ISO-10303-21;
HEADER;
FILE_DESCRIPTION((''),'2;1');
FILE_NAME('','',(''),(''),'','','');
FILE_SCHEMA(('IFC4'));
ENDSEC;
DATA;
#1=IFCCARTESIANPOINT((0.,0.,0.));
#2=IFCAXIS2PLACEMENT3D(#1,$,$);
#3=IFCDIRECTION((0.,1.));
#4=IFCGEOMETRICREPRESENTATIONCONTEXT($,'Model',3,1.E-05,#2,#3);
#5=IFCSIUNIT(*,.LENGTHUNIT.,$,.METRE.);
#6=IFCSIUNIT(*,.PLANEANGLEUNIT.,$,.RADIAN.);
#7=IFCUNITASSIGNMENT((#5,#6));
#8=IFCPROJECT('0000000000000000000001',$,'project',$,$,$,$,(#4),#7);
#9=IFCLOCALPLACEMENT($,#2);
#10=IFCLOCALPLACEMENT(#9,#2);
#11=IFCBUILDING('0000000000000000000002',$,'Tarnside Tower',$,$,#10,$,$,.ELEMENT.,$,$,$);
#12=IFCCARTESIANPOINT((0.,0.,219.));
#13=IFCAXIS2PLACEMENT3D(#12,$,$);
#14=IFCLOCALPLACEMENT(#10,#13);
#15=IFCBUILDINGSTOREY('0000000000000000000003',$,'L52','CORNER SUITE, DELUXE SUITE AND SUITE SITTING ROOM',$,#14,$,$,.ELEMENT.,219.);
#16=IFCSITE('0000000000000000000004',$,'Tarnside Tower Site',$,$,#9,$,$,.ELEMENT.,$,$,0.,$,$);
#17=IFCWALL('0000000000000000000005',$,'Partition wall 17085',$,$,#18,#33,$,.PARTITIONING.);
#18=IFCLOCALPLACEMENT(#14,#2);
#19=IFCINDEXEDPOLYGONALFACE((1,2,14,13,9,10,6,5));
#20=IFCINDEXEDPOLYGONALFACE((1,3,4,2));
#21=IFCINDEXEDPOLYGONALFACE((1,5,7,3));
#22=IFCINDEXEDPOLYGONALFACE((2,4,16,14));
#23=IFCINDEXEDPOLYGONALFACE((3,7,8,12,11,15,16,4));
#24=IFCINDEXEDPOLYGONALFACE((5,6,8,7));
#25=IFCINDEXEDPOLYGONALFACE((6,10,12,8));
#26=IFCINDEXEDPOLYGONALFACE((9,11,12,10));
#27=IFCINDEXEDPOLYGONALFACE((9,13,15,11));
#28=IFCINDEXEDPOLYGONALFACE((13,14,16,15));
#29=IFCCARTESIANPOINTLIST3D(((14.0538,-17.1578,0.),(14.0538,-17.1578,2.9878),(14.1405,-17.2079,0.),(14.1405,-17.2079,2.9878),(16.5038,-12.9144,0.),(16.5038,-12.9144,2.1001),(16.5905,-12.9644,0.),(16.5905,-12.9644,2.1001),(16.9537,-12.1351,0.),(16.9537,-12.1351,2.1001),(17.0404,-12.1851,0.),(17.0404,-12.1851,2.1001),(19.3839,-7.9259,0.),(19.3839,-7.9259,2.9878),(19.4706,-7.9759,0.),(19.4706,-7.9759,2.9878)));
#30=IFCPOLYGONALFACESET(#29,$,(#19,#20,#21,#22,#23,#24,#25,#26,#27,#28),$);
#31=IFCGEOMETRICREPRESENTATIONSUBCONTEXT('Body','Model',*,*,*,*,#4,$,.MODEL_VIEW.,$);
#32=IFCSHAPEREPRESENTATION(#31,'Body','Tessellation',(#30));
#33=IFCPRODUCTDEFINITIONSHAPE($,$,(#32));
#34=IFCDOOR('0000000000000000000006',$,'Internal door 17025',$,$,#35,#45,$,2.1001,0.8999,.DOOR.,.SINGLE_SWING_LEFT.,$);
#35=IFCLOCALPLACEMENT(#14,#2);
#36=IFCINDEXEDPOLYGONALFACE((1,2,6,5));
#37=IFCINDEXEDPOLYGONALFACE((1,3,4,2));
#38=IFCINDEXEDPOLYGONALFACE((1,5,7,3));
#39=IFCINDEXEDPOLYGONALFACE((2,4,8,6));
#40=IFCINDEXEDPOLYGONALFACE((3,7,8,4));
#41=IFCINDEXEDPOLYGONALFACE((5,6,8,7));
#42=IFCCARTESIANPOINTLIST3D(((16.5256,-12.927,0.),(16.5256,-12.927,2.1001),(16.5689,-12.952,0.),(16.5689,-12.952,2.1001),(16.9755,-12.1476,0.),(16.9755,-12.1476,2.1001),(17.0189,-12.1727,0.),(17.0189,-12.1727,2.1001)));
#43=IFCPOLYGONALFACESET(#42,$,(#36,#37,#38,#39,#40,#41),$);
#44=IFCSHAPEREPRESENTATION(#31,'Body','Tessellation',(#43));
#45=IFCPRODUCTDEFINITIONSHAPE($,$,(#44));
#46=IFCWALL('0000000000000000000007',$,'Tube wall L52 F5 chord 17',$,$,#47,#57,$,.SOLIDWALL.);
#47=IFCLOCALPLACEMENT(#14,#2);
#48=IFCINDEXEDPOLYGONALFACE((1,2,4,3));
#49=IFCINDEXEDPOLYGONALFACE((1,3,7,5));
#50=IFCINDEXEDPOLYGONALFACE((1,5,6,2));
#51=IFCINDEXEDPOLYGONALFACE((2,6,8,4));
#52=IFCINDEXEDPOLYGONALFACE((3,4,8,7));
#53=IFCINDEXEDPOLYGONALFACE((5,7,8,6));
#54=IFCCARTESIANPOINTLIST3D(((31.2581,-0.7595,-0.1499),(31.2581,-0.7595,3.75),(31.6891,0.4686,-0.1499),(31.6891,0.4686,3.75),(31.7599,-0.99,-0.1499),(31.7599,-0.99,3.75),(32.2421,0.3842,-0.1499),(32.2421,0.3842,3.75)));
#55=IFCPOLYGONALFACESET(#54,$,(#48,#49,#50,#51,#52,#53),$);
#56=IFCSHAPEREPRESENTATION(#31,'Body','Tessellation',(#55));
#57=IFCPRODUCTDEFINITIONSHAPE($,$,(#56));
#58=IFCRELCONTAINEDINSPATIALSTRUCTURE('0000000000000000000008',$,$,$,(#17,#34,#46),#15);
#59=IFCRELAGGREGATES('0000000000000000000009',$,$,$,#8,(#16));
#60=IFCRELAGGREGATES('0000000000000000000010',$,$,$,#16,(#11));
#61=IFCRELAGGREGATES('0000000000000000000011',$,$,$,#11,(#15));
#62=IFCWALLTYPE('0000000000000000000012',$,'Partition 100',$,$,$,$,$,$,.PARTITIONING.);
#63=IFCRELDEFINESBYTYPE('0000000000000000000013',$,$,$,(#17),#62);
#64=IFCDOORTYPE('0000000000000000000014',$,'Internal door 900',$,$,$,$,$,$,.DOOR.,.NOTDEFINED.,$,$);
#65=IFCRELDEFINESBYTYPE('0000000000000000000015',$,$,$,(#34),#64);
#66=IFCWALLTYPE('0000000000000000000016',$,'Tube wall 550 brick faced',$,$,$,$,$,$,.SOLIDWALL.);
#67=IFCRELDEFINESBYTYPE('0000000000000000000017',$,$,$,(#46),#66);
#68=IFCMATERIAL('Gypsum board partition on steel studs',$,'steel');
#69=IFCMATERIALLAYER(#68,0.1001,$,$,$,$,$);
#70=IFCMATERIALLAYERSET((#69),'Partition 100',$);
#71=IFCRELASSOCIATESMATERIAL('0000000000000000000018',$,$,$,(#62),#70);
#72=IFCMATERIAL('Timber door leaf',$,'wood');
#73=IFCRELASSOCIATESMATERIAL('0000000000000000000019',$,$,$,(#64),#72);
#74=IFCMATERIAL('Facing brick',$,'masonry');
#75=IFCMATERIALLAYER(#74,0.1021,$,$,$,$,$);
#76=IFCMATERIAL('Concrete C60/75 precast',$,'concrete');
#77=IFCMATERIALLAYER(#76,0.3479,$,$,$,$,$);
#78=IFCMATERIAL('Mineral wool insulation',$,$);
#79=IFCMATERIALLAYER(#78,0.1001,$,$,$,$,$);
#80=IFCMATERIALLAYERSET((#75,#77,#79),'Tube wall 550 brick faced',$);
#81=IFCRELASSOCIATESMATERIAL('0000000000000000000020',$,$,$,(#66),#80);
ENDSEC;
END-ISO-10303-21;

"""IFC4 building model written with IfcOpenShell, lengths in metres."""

from ifc_helpers import new_model, si_unit, direction, frame, frame_2d, origin, place, context, subcontext, project, spatial, polyline, rectangle, outline, extrude, material, layer, layer_set, type_object, element, fill, save


model = new_model("IFC4")

# Units and contexts
model_context = context("Model", 3, precision=1e-05, world=origin(), true_north=direction((0.0, 1.0)))
body_context = subcontext(model_context, "Body", "Model", "MODEL_VIEW")
ifc_project = project(units=[si_unit("LENGTHUNIT", "METRE"), si_unit("PLANEANGLEUNIT", "RADIAN")], contexts=[model_context])

# Site, building, storey
site_placement = place(None, origin())
site = spatial("IfcSite", under=ifc_project, at=site_placement, Name="Tarnside Tower Site", CompositionType="ELEMENT", RefElevation=0.0)
building_placement = place(site_placement, origin())
building = spatial("IfcBuilding", under=site, at=building_placement, Name="Tarnside Tower", CompositionType="ELEMENT")
storey_placement = place(building_placement, frame((0.0, 0.0, 219.0)))
storey = spatial("IfcBuildingStorey", under=building, at=storey_placement, Name="L52", Description="CORNER SUITE, DELUXE SUITE AND SUITE SITTING ROOM", CompositionType="ELEMENT", Elevation=219.0)

# Shared definitions
ifc_material_1 = material(Name="Gypsum board partition on steel studs", Category="steel")
ifc_material_2 = material(Name="Timber door leaf", Category="wood")

# Wall, opening, door
ifc_layer_1 = layer(ifc_material_1, 0.1001)
ifc_layer_set_1 = layer_set([ifc_layer_1], Name="Partition 100")
wall_type_1 = type_object("IfcWallType", Name="Partition 100", PredefinedType="PARTITIONING", material=ifc_layer_set_1)
wall_1_placement = place(storey_placement, frame((14.0972, -17.1829, 0.0), z_axis=(0.0, 0.0, 1.0), x_axis=(0.500001, 0.866025, 0.0)))
wall_1 = element("IfcWall", 1, at=wall_1_placement, inside=storey, type_object=wall_type_1, Name="Partition wall 17085", PredefinedType="PARTITIONING", context=body_context, shape_type="SweptSolid", body=[
    extrude(rectangle(XDim=10.6602, YDim=0.1001, at=frame_2d((5.3301, 0.0))), origin(), (0.0, 0.0, 1.0), 2.9878),
])
opening_1_placement = place(wall_1_placement, frame((4.8999, 0.0, 0.0)))
opening_1 = element("IfcOpeningElement", 2, at=opening_1_placement, cuts=wall_1, PredefinedType="OPENING", context=body_context, shape_type="SweptSolid", body=[
    extrude(rectangle(XDim=0.8999, YDim=2.1001, at=frame_2d((0.45, 1.05))), frame((0.0, 0.0601, 0.0), z_axis=(0.0, -1.0, 0.0), x_axis=(1.0, 0.0, 0.0)), (0.0, 0.0, 1.0), 0.1201),
])
door_type_1 = type_object("IfcDoorType", Name="Internal door 900", OperationType="NOTDEFINED", PredefinedType="DOOR", material=ifc_material_2)
door_1_placement = place(opening_1_placement, origin())
door_1 = element("IfcDoor", 3, at=door_1_placement, inside=storey, type_object=door_type_1, Name="Internal door 17025", OperationType="SINGLE_SWING_LEFT", OverallHeight=2.1001, OverallWidth=0.8999, PredefinedType="DOOR", context=body_context, shape_type="SweptSolid", body=[
    extrude(rectangle(XDim=0.8999, YDim=2.1001, at=frame_2d((0.45, 1.05))), frame((0.0, 0.0249, 0.0), z_axis=(0.0, -1.0, 0.0), x_axis=(1.0, 0.0, 0.0)), (0.0, 0.0, 1.0), 0.05),
])
fill(opening_1, door_1)

# Wall
ifc_material_3 = material(Name="Facing brick", Category="masonry")
ifc_layer_2 = layer(ifc_material_3, 0.1021)
ifc_material_4 = material(Name="Concrete C60/75 precast", Category="concrete")
ifc_layer_3 = layer(ifc_material_4, 0.3479)
ifc_material_5 = material(Name="Mineral wool insulation")
ifc_layer_4 = layer(ifc_material_5, 0.1001)
ifc_layer_set_2 = layer_set([ifc_layer_2, ifc_layer_3, ifc_layer_4], Name="Tube wall 550 brick faced")
wall_type_2 = type_object("IfcWallType", Name="Tube wall 550 brick faced", PredefinedType="SOLIDWALL", material=ifc_layer_set_2)
wall_2_placement = place(storey_placement, frame((31.509, -0.8748, -0.1499), z_axis=(0.0, 0.0, 1.0), x_axis=(0.331115, 0.94359, 0.0)))
element("IfcWall", 4, at=wall_2_placement, inside=storey, type_object=wall_type_2, Name="Tube wall L52 F5 chord 17", PredefinedType="SOLIDWALL", context=body_context, shape_type="SweptSolid", body=[
    extrude(outline(polyline([(-0.0256, -0.2749), (1.4307, -0.2749), (1.3271, 0.2749), (0.0256, 0.2749), (-0.0256, -0.2749)])), origin(), (0.0, 0.0, 1.0), 3.8999),
])

save(model, "model.ifc")
